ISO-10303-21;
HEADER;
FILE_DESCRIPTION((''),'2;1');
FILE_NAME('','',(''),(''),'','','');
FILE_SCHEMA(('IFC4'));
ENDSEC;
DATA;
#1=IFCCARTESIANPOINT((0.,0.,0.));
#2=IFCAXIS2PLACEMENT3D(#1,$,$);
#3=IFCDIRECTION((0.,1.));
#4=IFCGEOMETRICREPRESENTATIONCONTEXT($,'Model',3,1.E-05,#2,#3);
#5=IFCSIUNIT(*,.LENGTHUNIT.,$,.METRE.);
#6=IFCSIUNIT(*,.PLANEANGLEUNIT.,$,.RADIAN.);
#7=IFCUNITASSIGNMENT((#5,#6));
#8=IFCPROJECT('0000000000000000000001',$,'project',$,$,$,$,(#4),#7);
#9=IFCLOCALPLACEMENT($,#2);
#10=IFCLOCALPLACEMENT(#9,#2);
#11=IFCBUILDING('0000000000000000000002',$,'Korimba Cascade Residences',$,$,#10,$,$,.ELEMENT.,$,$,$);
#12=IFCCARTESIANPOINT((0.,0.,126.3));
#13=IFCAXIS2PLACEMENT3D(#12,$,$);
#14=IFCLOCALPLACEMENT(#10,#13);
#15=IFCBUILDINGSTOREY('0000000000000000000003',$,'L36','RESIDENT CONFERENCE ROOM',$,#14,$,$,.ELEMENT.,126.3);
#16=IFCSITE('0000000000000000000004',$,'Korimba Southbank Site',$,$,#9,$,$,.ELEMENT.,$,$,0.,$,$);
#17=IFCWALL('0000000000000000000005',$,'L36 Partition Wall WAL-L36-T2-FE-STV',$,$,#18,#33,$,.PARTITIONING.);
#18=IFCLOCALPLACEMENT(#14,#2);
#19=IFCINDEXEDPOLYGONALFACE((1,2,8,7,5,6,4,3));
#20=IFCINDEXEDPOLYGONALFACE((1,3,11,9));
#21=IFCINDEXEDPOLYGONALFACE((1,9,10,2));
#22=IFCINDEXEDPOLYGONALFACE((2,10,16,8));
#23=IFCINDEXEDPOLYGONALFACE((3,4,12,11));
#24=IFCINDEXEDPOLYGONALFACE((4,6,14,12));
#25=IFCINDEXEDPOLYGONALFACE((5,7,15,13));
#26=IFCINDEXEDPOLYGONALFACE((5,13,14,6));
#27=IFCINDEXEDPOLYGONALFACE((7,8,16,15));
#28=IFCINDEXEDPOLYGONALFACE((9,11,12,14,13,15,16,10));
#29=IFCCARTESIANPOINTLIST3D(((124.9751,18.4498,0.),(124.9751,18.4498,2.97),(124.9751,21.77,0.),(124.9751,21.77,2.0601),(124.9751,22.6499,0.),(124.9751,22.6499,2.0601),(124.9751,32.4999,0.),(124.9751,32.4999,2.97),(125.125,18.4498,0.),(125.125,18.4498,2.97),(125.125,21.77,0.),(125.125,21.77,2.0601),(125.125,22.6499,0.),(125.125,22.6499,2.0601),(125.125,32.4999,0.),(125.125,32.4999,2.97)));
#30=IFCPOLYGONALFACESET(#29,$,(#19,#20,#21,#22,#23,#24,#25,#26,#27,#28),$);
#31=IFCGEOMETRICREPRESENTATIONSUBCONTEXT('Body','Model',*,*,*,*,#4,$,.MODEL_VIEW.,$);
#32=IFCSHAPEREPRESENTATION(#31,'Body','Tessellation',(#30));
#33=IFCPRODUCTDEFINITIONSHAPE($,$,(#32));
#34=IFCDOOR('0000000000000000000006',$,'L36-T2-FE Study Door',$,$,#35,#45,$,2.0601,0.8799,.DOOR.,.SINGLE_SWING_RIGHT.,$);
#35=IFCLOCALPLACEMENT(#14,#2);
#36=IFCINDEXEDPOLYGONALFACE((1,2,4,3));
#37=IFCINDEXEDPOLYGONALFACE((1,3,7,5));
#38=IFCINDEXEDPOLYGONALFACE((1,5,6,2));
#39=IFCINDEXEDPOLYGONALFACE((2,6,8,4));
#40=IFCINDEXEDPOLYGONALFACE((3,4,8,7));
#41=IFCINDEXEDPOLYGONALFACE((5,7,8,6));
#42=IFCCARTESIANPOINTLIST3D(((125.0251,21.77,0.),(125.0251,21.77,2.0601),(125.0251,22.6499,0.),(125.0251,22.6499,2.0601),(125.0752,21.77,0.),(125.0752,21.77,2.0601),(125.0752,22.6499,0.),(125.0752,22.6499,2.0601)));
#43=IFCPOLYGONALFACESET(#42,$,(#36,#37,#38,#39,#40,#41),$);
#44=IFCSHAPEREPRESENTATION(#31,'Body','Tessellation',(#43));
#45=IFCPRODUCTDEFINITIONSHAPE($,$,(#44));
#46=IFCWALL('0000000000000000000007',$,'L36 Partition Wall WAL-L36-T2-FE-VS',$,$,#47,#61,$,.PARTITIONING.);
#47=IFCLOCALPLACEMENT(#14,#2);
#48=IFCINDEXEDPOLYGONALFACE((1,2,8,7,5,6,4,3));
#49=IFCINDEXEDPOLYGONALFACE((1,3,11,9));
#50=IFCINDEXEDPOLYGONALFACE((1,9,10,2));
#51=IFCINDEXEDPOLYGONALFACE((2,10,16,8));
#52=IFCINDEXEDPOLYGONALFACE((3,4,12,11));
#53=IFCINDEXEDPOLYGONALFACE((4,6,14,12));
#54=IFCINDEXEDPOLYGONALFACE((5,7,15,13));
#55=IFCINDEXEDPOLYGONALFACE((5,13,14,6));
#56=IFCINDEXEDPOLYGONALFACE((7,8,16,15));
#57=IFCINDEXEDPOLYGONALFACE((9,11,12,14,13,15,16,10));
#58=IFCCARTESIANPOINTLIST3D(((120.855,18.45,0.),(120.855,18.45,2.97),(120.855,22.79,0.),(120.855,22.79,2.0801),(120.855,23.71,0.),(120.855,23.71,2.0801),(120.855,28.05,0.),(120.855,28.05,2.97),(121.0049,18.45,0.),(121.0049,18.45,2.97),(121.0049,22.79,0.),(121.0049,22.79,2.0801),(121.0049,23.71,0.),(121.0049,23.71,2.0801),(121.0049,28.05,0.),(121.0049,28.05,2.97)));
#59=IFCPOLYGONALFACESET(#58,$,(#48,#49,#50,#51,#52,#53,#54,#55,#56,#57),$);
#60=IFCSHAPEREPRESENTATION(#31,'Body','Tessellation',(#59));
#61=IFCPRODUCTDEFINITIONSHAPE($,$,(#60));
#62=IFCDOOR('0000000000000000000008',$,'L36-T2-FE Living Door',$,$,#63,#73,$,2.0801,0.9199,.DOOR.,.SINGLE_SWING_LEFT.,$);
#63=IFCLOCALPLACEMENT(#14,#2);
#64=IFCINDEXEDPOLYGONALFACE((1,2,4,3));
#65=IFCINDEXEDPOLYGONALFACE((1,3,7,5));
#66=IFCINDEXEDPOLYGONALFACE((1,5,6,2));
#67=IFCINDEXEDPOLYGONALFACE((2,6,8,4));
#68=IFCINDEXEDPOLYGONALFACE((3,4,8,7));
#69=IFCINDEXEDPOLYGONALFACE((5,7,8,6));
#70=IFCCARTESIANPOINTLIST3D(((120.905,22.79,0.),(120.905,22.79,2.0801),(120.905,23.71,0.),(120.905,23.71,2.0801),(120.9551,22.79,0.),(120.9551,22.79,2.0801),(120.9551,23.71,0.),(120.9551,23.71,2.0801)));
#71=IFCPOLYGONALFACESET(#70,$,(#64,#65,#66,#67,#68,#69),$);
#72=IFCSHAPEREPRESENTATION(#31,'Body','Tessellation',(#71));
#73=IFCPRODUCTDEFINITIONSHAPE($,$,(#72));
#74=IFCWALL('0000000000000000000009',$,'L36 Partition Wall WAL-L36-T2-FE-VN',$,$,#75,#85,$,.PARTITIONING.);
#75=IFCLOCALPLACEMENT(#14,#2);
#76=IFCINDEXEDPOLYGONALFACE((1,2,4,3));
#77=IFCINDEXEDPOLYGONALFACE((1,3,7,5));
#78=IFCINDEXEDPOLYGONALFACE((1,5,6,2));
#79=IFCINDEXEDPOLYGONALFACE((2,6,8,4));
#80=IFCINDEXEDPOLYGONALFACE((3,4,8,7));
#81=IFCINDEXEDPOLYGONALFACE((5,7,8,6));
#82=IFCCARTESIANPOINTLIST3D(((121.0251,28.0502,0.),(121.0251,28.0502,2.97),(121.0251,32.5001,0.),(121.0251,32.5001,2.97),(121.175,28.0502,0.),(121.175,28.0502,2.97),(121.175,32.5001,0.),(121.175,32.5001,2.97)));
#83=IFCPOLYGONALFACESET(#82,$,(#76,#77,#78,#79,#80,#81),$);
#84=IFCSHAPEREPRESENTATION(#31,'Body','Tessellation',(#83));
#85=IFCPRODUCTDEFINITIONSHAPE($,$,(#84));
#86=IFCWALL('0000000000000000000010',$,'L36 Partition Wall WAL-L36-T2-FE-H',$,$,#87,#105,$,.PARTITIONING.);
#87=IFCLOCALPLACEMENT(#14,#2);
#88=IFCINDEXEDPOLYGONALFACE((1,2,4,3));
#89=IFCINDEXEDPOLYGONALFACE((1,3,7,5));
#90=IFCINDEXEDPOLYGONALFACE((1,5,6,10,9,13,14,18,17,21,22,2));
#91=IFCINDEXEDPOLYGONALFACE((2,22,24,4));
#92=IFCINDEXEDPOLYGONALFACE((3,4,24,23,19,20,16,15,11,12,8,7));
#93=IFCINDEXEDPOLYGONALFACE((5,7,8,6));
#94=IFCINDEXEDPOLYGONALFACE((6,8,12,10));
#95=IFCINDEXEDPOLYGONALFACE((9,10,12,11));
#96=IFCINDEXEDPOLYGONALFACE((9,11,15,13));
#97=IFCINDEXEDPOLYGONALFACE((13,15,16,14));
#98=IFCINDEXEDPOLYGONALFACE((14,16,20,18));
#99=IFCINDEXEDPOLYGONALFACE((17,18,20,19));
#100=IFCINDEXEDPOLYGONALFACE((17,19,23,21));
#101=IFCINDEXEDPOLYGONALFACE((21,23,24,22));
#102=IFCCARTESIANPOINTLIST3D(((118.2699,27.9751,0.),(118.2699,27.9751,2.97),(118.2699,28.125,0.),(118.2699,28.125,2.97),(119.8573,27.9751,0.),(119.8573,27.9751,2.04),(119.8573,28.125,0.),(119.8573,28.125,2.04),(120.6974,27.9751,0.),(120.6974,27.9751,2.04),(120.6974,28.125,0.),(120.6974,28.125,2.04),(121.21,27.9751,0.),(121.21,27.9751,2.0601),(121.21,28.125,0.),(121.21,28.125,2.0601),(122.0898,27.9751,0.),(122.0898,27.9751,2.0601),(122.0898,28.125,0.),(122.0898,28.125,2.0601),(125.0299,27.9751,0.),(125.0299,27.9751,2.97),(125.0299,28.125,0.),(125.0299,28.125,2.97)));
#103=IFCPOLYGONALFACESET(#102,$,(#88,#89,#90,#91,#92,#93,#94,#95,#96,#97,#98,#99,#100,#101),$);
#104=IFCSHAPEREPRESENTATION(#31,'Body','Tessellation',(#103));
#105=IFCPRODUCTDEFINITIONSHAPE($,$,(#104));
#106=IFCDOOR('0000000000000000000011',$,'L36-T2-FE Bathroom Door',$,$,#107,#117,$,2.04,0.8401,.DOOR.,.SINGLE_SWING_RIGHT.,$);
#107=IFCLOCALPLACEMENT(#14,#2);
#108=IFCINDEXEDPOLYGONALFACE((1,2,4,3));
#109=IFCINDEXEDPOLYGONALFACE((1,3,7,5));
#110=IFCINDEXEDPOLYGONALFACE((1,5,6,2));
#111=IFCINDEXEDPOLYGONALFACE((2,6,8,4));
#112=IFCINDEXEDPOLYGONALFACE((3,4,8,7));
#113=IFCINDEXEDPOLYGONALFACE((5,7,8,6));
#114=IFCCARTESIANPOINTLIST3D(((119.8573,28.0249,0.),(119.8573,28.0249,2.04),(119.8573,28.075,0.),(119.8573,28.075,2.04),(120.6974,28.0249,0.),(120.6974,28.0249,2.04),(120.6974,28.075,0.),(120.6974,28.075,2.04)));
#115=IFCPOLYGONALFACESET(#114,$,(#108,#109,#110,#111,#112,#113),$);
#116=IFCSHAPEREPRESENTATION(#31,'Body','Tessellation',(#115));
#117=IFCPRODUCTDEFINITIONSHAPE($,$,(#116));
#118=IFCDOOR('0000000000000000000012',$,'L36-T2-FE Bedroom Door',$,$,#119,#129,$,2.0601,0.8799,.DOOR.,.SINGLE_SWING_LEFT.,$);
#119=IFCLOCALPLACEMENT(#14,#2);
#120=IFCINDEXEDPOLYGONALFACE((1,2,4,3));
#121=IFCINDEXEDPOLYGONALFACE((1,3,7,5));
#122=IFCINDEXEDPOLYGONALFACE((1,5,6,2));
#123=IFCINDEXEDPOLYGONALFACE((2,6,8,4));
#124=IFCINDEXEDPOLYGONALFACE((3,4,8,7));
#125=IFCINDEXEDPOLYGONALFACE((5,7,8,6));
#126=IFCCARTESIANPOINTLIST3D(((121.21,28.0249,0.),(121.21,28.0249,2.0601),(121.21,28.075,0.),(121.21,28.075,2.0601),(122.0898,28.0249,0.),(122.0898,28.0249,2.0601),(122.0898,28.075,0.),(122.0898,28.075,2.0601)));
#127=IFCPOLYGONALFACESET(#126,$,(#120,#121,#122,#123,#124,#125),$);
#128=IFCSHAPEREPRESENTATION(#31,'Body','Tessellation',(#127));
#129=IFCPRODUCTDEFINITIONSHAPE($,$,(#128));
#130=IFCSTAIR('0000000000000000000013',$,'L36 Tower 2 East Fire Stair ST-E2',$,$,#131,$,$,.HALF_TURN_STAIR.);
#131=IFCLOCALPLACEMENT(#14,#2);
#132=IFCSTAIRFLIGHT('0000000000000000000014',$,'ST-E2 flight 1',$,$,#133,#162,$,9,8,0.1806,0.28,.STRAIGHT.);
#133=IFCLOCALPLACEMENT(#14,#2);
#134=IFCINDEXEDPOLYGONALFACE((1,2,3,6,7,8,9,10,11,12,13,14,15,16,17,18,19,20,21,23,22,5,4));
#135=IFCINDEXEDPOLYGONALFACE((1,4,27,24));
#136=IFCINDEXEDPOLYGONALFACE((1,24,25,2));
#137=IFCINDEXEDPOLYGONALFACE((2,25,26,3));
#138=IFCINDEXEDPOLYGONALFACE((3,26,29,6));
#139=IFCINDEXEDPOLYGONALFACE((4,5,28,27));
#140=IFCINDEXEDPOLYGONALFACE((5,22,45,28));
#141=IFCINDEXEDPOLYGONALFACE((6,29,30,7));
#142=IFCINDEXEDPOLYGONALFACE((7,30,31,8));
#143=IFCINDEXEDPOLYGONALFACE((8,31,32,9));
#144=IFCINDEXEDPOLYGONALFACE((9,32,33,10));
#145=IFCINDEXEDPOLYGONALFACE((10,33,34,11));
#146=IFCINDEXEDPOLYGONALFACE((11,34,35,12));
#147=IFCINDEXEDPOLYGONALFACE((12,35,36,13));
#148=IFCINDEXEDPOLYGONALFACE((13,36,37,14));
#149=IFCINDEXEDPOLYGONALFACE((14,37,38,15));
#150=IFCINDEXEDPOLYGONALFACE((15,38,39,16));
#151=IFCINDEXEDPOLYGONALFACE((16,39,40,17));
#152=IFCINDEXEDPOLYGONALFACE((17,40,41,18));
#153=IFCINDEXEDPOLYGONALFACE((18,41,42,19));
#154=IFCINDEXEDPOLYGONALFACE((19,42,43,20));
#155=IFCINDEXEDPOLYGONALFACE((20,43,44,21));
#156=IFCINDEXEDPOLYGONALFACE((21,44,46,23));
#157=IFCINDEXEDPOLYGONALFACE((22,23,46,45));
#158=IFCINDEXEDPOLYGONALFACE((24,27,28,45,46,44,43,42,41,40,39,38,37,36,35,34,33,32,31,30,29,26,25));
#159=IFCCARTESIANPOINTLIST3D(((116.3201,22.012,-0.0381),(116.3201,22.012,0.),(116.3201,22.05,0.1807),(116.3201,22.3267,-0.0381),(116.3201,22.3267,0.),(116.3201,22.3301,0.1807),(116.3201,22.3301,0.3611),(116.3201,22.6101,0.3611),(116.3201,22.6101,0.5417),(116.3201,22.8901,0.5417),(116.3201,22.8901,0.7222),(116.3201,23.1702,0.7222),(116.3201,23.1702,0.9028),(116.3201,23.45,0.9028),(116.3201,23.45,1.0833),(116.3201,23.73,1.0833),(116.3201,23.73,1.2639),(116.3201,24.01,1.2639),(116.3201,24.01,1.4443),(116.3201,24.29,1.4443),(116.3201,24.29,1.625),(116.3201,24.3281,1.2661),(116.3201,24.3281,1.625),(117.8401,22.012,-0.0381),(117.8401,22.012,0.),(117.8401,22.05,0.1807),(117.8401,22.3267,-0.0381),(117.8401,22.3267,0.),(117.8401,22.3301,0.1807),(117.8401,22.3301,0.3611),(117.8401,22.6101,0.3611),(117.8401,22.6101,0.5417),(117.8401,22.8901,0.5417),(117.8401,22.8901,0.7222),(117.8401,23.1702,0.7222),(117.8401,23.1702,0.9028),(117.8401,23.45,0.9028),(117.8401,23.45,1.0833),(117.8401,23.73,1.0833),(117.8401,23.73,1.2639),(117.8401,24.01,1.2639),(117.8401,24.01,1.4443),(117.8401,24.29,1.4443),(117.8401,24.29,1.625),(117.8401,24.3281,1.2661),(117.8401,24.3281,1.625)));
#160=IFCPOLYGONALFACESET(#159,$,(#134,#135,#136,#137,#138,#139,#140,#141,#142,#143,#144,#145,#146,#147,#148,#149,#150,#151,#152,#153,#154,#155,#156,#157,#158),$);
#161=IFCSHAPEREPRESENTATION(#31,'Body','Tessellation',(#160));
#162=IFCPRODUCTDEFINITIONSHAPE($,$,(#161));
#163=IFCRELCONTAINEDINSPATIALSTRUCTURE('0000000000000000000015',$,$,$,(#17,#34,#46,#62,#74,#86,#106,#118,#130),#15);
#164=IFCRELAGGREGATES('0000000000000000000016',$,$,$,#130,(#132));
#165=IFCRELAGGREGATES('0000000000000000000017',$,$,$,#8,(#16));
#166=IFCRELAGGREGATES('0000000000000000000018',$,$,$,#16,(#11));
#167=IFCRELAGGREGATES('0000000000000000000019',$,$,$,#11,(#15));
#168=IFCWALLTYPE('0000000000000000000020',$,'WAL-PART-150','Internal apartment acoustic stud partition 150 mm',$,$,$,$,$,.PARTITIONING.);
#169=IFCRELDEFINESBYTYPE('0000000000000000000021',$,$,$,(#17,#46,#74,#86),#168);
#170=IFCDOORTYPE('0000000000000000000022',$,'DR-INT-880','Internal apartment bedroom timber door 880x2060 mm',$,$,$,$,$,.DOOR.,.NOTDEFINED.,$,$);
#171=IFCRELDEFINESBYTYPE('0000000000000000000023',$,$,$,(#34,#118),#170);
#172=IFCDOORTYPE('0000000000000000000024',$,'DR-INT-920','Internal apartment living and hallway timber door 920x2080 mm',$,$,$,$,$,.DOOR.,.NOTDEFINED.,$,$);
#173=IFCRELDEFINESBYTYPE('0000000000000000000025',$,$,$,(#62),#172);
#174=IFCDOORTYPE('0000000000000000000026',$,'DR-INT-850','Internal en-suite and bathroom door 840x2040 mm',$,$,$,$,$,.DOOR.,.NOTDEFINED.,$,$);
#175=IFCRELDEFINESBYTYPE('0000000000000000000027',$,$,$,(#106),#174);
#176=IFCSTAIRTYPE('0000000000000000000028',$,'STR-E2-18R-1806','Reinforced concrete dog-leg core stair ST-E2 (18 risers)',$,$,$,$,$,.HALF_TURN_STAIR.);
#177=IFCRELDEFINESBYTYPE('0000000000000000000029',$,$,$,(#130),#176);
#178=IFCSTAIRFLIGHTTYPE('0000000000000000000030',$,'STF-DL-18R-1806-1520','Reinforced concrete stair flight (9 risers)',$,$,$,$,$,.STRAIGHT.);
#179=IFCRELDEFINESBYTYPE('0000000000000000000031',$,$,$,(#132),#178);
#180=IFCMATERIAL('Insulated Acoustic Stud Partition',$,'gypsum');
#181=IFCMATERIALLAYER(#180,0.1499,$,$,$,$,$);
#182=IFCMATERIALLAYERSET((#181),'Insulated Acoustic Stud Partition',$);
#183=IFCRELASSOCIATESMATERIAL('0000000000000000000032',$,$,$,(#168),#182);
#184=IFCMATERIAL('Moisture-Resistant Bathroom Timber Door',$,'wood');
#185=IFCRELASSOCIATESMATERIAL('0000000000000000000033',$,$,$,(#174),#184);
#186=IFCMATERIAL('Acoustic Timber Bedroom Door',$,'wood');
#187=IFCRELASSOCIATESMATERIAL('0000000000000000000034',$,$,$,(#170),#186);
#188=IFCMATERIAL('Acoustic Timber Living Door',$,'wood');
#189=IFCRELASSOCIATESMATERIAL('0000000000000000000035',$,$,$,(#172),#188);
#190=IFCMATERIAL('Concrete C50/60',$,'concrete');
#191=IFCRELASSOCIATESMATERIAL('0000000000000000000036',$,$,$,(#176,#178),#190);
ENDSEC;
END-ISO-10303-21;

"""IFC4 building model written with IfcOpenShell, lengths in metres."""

from ifc_helpers import new_model, si_unit, direction, frame, frame_2d, origin, place, context, subcontext, project, spatial, polyline, rectangle, outline, extrude, material, layer, layer_set, type_object, element, fill, aggregate, save


model = new_model("IFC4")

# Units and contexts
model_context = context("Model", 3, precision=1e-05, world=origin(), true_north=direction((0.0, 1.0)))
body_context = subcontext(model_context, "Body", "Model", "MODEL_VIEW")
ifc_project = project(units=[si_unit("LENGTHUNIT", "METRE"), si_unit("PLANEANGLEUNIT", "RADIAN")], contexts=[model_context])

# Site, building, storey
site_placement = place(None, origin())
site = spatial("IfcSite", under=ifc_project, at=site_placement, Name="Korimba Southbank Site", CompositionType="ELEMENT", RefElevation=0.0)
building_placement = place(site_placement, origin())
building = spatial("IfcBuilding", under=site, at=building_placement, Name="Korimba Cascade Residences", CompositionType="ELEMENT")
storey_placement = place(building_placement, frame((0.0, 0.0, 126.3)))
storey = spatial("IfcBuildingStorey", under=building, at=storey_placement, Name="L36", Description="RESIDENT CONFERENCE ROOM", CompositionType="ELEMENT", Elevation=126.3)

# Walls, openings, doors
ifc_material_1 = material(Name="Insulated Acoustic Stud Partition", Category="gypsum")
ifc_layer_1 = layer(ifc_material_1, 0.1499)
ifc_layer_set_1 = layer_set([ifc_layer_1], Name="Insulated Acoustic Stud Partition")
wall_type_1 = type_object("IfcWallType", Name="WAL-PART-150", Description="Internal apartment acoustic stud partition 150 mm", PredefinedType="PARTITIONING", material=ifc_layer_set_1)
ifc_material_2 = material(Name="Moisture-Resistant Bathroom Timber Door", Category="wood")
door_type_1 = type_object("IfcDoorType", Name="DR-INT-850", Description="Internal en-suite and bathroom door 840x2040 mm", OperationType="NOTDEFINED", PredefinedType="DOOR", material=ifc_material_2)
wall_1_placement = place(storey_placement, frame((125.05, 18.45, 0.0), z_axis=(0.0, 0.0, 1.0), x_axis=(0.0, 1.0, 0.0)))
wall_1 = element("IfcWall", 1, at=wall_1_placement, inside=storey, type_object=wall_type_1, Name="L36 Partition Wall WAL-L36-T2-FE-STV", PredefinedType="PARTITIONING", context=body_context, shape_type="SweptSolid", body=[
    extrude(rectangle(XDim=14.05, YDim=0.1499, at=frame_2d((7.0249, 0.0))), origin(), (0.0, 0.0, 1.0), 2.97),
])
opening_1_placement = place(wall_1_placement, frame((3.3201, 0.0, 0.0)))
opening_1 = element("IfcOpeningElement", 2, at=opening_1_placement, cuts=wall_1, PredefinedType="OPENING", context=body_context, shape_type="SweptSolid", body=[
    extrude(rectangle(XDim=0.8799, YDim=2.0601, at=frame_2d((0.4399, 1.03))), frame((0.0, 0.085, 0.0), z_axis=(0.0, -1.0, 0.0), x_axis=(1.0, 0.0, 0.0)), (0.0, 0.0, 1.0), 0.1699),
])
ifc_material_3 = material(Name="Acoustic Timber Bedroom Door", Category="wood")
door_type_2 = type_object("IfcDoorType", Name="DR-INT-880", Description="Internal apartment bedroom timber door 880x2060 mm", OperationType="NOTDEFINED", PredefinedType="DOOR", material=ifc_material_3)
door_1_placement = place(opening_1_placement, origin())
door_1 = element("IfcDoor", 3, at=door_1_placement, inside=storey, type_object=door_type_2, Name="L36-T2-FE Study Door", OperationType="SINGLE_SWING_RIGHT", OverallHeight=2.0601, OverallWidth=0.8799, PredefinedType="DOOR", context=body_context, shape_type="SweptSolid", body=[
    extrude(rectangle(XDim=0.8799, YDim=2.0601, at=frame_2d((0.4399, 1.03))), frame((0.0, 0.0249, 0.0), z_axis=(0.0, -1.0, 0.0), x_axis=(1.0, 0.0, 0.0)), (0.0, 0.0, 1.0), 0.05),
])
fill(opening_1, door_1)
wall_2_placement = place(storey_placement, frame((120.9299, 18.45, 0.0), z_axis=(0.0, 0.0, 1.0), x_axis=(0.0, 1.0, 0.0)))
wall_2 = element("IfcWall", 4, at=wall_2_placement, inside=storey, type_object=wall_type_1, Name="L36 Partition Wall WAL-L36-T2-FE-VS", PredefinedType="PARTITIONING", context=body_context, shape_type="SweptSolid", body=[
    extrude(rectangle(XDim=9.6001, YDim=0.1499, at=frame_2d((4.8, 0.0))), origin(), (0.0, 0.0, 1.0), 2.97),
])
opening_2_placement = place(wall_2_placement, frame((4.3401, 0.0, 0.0)))
opening_2 = element("IfcOpeningElement", 5, at=opening_2_placement, cuts=wall_2, PredefinedType="OPENING", context=body_context, shape_type="SweptSolid", body=[
    extrude(rectangle(XDim=0.9199, YDim=2.0801, at=frame_2d((0.46, 1.04))), frame((0.0, 0.085, 0.0), z_axis=(0.0, -1.0, 0.0), x_axis=(1.0, 0.0, 0.0)), (0.0, 0.0, 1.0), 0.1699),
])
ifc_material_4 = material(Name="Acoustic Timber Living Door", Category="wood")
door_type_3 = type_object("IfcDoorType", Name="DR-INT-920", Description="Internal apartment living and hallway timber door 920x2080 mm", OperationType="NOTDEFINED", PredefinedType="DOOR", material=ifc_material_4)
door_2_placement = place(opening_2_placement, origin())
door_2 = element("IfcDoor", 6, at=door_2_placement, inside=storey, type_object=door_type_3, Name="L36-T2-FE Living Door", OperationType="SINGLE_SWING_LEFT", OverallHeight=2.0801, OverallWidth=0.9199, PredefinedType="DOOR", context=body_context, shape_type="SweptSolid", body=[
    extrude(rectangle(XDim=0.9199, YDim=2.0801, at=frame_2d((0.46, 1.04))), frame((0.0, 0.0249, 0.0), z_axis=(0.0, -1.0, 0.0), x_axis=(1.0, 0.0, 0.0)), (0.0, 0.0, 1.0), 0.05),
])
fill(opening_2, door_2)

# Wall
wall_3_placement = place(storey_placement, frame((121.1001, 28.05, 0.0), z_axis=(0.0, 0.0, 1.0), x_axis=(0.0, 1.0, 0.0)))
element("IfcWall", 7, at=wall_3_placement, inside=storey, type_object=wall_type_1, Name="L36 Partition Wall WAL-L36-T2-FE-VN", PredefinedType="PARTITIONING", context=body_context, shape_type="SweptSolid", body=[
    extrude(rectangle(XDim=4.45, YDim=0.1499, at=frame_2d((2.2251, 0.0))), origin(), (0.0, 0.0, 1.0), 2.97),
])

# Wall, openings, doors
wall_4_placement = place(storey_placement, frame((118.27, 28.05, 0.0), z_axis=(0.0, 0.0, 1.0), x_axis=(1.0, 0.0, 0.0)))
wall_4 = element("IfcWall", 8, at=wall_4_placement, inside=storey, type_object=wall_type_1, Name="L36 Partition Wall WAL-L36-T2-FE-H", PredefinedType="PARTITIONING", context=body_context, shape_type="SweptSolid", body=[
    extrude(rectangle(XDim=6.76, YDim=0.1499, at=frame_2d((3.3799, 0.0))), origin(), (0.0, 0.0, 1.0), 2.97),
])
opening_3_placement = place(wall_4_placement, frame((1.5874, 0.0, 0.0)))
opening_3 = element("IfcOpeningElement", 9, at=opening_3_placement, cuts=wall_4, PredefinedType="OPENING", context=body_context, shape_type="SweptSolid", body=[
    extrude(rectangle(XDim=0.8401, YDim=2.04, at=frame_2d((0.4199, 1.02))), frame((0.0, 0.085, 0.0), z_axis=(0.0, -1.0, 0.0), x_axis=(1.0, 0.0, 0.0)), (0.0, 0.0, 1.0), 0.1699),
])
opening_4_placement = place(wall_4_placement, frame((2.9399, 0.0, 0.0)))
opening_4 = element("IfcOpeningElement", 10, at=opening_4_placement, cuts=wall_4, PredefinedType="OPENING", context=body_context, shape_type="SweptSolid", body=[
    extrude(rectangle(XDim=0.8799, YDim=2.0601, at=frame_2d((0.4399, 1.03))), frame((0.0, 0.085, 0.0), z_axis=(0.0, -1.0, 0.0), x_axis=(1.0, 0.0, 0.0)), (0.0, 0.0, 1.0), 0.1699),
])
door_3_placement = place(opening_3_placement, origin())
door_3 = element("IfcDoor", 11, at=door_3_placement, inside=storey, type_object=door_type_1, Name="L36-T2-FE Bathroom Door", OperationType="SINGLE_SWING_RIGHT", OverallHeight=2.04, OverallWidth=0.8401, PredefinedType="DOOR", context=body_context, shape_type="SweptSolid", body=[
    extrude(rectangle(XDim=0.8401, YDim=2.04, at=frame_2d((0.4199, 1.02))), frame((0.0, 0.0249, 0.0), z_axis=(0.0, -1.0, 0.0), x_axis=(1.0, 0.0, 0.0)), (0.0, 0.0, 1.0), 0.05),
])
fill(opening_3, door_3)
door_4_placement = place(opening_4_placement, origin())
door_4 = element("IfcDoor", 12, at=door_4_placement, inside=storey, type_object=door_type_2, Name="L36-T2-FE Bedroom Door", OperationType="SINGLE_SWING_LEFT", OverallHeight=2.0601, OverallWidth=0.8799, PredefinedType="DOOR", context=body_context, shape_type="SweptSolid", body=[
    extrude(rectangle(XDim=0.8799, YDim=2.0601, at=frame_2d((0.4399, 1.03))), frame((0.0, 0.0249, 0.0), z_axis=(0.0, -1.0, 0.0), x_axis=(1.0, 0.0, 0.0)), (0.0, 0.0, 1.0), 0.05),
])
fill(opening_4, door_4)

# Stair, stair flight
ifc_material_5 = material(Name="Concrete C50/60", Category="concrete")
stair_type = type_object("IfcStairType", Name="STR-E2-18R-1806", Description="Reinforced concrete dog-leg core stair ST-E2 (18 risers)", PredefinedType="HALF_TURN_STAIR", material=ifc_material_5)
stair_placement = place(storey_placement, origin())
stair = element("IfcStair", 13, at=stair_placement, inside=storey, type_object=stair_type, Name="L36 Tower 2 East Fire Stair ST-E2", PredefinedType="HALF_TURN_STAIR")
stair_flight_type = type_object("IfcStairFlightType", Name="STF-DL-18R-1806-1520", Description="Reinforced concrete stair flight (9 risers)", PredefinedType="STRAIGHT", material=ifc_material_5)
stair_flight_placement = place(storey_placement, frame((117.0801, 22.05, 0.0), z_axis=(0.0, 0.0, 1.0), x_axis=(0.0, 1.0, 0.0)))
stair_flight = element("IfcStairFlight", 14, at=stair_flight_placement, type_object=stair_flight_type, Name="ST-E2 flight 1", NumberOfRisers=9, NumberOfTreads=8, PredefinedType="STRAIGHT", RiserHeight=0.1806, TreadLength=0.28, context=body_context, shape_type="SweptSolid", body=[
    extrude(outline(polyline([(-0.0381, 0.0), (0.0, 0.1807), (0.28, 0.1807), (0.28, 0.3611), (0.5601, 0.3611), (0.5601, 0.5417), (0.8401, 0.5417), (0.8401, 0.7222), (1.1201, 0.7222), (1.1201, 0.9028), (1.3999, 0.9028), (1.3999, 1.0833), (1.6799, 1.0833), (1.6799, 1.2639), (1.96, 1.2639), (1.96, 1.4443), (2.24, 1.4443), (2.24, 1.625), (2.2781, 1.625), (2.2781, 1.2661), (0.2766, 0.0), (0.2766, -0.0381), (-0.0381, -0.0381), (-0.0381, 0.0)])), frame((0.0, 0.76, 0.0), z_axis=(0.0, -1.0, 0.0), x_axis=(1.0, 0.0, 0.0)), (0.0, 0.0, 1.0), 1.52),
])
aggregate(stair, [stair_flight])

save(model, "model.ifc")
